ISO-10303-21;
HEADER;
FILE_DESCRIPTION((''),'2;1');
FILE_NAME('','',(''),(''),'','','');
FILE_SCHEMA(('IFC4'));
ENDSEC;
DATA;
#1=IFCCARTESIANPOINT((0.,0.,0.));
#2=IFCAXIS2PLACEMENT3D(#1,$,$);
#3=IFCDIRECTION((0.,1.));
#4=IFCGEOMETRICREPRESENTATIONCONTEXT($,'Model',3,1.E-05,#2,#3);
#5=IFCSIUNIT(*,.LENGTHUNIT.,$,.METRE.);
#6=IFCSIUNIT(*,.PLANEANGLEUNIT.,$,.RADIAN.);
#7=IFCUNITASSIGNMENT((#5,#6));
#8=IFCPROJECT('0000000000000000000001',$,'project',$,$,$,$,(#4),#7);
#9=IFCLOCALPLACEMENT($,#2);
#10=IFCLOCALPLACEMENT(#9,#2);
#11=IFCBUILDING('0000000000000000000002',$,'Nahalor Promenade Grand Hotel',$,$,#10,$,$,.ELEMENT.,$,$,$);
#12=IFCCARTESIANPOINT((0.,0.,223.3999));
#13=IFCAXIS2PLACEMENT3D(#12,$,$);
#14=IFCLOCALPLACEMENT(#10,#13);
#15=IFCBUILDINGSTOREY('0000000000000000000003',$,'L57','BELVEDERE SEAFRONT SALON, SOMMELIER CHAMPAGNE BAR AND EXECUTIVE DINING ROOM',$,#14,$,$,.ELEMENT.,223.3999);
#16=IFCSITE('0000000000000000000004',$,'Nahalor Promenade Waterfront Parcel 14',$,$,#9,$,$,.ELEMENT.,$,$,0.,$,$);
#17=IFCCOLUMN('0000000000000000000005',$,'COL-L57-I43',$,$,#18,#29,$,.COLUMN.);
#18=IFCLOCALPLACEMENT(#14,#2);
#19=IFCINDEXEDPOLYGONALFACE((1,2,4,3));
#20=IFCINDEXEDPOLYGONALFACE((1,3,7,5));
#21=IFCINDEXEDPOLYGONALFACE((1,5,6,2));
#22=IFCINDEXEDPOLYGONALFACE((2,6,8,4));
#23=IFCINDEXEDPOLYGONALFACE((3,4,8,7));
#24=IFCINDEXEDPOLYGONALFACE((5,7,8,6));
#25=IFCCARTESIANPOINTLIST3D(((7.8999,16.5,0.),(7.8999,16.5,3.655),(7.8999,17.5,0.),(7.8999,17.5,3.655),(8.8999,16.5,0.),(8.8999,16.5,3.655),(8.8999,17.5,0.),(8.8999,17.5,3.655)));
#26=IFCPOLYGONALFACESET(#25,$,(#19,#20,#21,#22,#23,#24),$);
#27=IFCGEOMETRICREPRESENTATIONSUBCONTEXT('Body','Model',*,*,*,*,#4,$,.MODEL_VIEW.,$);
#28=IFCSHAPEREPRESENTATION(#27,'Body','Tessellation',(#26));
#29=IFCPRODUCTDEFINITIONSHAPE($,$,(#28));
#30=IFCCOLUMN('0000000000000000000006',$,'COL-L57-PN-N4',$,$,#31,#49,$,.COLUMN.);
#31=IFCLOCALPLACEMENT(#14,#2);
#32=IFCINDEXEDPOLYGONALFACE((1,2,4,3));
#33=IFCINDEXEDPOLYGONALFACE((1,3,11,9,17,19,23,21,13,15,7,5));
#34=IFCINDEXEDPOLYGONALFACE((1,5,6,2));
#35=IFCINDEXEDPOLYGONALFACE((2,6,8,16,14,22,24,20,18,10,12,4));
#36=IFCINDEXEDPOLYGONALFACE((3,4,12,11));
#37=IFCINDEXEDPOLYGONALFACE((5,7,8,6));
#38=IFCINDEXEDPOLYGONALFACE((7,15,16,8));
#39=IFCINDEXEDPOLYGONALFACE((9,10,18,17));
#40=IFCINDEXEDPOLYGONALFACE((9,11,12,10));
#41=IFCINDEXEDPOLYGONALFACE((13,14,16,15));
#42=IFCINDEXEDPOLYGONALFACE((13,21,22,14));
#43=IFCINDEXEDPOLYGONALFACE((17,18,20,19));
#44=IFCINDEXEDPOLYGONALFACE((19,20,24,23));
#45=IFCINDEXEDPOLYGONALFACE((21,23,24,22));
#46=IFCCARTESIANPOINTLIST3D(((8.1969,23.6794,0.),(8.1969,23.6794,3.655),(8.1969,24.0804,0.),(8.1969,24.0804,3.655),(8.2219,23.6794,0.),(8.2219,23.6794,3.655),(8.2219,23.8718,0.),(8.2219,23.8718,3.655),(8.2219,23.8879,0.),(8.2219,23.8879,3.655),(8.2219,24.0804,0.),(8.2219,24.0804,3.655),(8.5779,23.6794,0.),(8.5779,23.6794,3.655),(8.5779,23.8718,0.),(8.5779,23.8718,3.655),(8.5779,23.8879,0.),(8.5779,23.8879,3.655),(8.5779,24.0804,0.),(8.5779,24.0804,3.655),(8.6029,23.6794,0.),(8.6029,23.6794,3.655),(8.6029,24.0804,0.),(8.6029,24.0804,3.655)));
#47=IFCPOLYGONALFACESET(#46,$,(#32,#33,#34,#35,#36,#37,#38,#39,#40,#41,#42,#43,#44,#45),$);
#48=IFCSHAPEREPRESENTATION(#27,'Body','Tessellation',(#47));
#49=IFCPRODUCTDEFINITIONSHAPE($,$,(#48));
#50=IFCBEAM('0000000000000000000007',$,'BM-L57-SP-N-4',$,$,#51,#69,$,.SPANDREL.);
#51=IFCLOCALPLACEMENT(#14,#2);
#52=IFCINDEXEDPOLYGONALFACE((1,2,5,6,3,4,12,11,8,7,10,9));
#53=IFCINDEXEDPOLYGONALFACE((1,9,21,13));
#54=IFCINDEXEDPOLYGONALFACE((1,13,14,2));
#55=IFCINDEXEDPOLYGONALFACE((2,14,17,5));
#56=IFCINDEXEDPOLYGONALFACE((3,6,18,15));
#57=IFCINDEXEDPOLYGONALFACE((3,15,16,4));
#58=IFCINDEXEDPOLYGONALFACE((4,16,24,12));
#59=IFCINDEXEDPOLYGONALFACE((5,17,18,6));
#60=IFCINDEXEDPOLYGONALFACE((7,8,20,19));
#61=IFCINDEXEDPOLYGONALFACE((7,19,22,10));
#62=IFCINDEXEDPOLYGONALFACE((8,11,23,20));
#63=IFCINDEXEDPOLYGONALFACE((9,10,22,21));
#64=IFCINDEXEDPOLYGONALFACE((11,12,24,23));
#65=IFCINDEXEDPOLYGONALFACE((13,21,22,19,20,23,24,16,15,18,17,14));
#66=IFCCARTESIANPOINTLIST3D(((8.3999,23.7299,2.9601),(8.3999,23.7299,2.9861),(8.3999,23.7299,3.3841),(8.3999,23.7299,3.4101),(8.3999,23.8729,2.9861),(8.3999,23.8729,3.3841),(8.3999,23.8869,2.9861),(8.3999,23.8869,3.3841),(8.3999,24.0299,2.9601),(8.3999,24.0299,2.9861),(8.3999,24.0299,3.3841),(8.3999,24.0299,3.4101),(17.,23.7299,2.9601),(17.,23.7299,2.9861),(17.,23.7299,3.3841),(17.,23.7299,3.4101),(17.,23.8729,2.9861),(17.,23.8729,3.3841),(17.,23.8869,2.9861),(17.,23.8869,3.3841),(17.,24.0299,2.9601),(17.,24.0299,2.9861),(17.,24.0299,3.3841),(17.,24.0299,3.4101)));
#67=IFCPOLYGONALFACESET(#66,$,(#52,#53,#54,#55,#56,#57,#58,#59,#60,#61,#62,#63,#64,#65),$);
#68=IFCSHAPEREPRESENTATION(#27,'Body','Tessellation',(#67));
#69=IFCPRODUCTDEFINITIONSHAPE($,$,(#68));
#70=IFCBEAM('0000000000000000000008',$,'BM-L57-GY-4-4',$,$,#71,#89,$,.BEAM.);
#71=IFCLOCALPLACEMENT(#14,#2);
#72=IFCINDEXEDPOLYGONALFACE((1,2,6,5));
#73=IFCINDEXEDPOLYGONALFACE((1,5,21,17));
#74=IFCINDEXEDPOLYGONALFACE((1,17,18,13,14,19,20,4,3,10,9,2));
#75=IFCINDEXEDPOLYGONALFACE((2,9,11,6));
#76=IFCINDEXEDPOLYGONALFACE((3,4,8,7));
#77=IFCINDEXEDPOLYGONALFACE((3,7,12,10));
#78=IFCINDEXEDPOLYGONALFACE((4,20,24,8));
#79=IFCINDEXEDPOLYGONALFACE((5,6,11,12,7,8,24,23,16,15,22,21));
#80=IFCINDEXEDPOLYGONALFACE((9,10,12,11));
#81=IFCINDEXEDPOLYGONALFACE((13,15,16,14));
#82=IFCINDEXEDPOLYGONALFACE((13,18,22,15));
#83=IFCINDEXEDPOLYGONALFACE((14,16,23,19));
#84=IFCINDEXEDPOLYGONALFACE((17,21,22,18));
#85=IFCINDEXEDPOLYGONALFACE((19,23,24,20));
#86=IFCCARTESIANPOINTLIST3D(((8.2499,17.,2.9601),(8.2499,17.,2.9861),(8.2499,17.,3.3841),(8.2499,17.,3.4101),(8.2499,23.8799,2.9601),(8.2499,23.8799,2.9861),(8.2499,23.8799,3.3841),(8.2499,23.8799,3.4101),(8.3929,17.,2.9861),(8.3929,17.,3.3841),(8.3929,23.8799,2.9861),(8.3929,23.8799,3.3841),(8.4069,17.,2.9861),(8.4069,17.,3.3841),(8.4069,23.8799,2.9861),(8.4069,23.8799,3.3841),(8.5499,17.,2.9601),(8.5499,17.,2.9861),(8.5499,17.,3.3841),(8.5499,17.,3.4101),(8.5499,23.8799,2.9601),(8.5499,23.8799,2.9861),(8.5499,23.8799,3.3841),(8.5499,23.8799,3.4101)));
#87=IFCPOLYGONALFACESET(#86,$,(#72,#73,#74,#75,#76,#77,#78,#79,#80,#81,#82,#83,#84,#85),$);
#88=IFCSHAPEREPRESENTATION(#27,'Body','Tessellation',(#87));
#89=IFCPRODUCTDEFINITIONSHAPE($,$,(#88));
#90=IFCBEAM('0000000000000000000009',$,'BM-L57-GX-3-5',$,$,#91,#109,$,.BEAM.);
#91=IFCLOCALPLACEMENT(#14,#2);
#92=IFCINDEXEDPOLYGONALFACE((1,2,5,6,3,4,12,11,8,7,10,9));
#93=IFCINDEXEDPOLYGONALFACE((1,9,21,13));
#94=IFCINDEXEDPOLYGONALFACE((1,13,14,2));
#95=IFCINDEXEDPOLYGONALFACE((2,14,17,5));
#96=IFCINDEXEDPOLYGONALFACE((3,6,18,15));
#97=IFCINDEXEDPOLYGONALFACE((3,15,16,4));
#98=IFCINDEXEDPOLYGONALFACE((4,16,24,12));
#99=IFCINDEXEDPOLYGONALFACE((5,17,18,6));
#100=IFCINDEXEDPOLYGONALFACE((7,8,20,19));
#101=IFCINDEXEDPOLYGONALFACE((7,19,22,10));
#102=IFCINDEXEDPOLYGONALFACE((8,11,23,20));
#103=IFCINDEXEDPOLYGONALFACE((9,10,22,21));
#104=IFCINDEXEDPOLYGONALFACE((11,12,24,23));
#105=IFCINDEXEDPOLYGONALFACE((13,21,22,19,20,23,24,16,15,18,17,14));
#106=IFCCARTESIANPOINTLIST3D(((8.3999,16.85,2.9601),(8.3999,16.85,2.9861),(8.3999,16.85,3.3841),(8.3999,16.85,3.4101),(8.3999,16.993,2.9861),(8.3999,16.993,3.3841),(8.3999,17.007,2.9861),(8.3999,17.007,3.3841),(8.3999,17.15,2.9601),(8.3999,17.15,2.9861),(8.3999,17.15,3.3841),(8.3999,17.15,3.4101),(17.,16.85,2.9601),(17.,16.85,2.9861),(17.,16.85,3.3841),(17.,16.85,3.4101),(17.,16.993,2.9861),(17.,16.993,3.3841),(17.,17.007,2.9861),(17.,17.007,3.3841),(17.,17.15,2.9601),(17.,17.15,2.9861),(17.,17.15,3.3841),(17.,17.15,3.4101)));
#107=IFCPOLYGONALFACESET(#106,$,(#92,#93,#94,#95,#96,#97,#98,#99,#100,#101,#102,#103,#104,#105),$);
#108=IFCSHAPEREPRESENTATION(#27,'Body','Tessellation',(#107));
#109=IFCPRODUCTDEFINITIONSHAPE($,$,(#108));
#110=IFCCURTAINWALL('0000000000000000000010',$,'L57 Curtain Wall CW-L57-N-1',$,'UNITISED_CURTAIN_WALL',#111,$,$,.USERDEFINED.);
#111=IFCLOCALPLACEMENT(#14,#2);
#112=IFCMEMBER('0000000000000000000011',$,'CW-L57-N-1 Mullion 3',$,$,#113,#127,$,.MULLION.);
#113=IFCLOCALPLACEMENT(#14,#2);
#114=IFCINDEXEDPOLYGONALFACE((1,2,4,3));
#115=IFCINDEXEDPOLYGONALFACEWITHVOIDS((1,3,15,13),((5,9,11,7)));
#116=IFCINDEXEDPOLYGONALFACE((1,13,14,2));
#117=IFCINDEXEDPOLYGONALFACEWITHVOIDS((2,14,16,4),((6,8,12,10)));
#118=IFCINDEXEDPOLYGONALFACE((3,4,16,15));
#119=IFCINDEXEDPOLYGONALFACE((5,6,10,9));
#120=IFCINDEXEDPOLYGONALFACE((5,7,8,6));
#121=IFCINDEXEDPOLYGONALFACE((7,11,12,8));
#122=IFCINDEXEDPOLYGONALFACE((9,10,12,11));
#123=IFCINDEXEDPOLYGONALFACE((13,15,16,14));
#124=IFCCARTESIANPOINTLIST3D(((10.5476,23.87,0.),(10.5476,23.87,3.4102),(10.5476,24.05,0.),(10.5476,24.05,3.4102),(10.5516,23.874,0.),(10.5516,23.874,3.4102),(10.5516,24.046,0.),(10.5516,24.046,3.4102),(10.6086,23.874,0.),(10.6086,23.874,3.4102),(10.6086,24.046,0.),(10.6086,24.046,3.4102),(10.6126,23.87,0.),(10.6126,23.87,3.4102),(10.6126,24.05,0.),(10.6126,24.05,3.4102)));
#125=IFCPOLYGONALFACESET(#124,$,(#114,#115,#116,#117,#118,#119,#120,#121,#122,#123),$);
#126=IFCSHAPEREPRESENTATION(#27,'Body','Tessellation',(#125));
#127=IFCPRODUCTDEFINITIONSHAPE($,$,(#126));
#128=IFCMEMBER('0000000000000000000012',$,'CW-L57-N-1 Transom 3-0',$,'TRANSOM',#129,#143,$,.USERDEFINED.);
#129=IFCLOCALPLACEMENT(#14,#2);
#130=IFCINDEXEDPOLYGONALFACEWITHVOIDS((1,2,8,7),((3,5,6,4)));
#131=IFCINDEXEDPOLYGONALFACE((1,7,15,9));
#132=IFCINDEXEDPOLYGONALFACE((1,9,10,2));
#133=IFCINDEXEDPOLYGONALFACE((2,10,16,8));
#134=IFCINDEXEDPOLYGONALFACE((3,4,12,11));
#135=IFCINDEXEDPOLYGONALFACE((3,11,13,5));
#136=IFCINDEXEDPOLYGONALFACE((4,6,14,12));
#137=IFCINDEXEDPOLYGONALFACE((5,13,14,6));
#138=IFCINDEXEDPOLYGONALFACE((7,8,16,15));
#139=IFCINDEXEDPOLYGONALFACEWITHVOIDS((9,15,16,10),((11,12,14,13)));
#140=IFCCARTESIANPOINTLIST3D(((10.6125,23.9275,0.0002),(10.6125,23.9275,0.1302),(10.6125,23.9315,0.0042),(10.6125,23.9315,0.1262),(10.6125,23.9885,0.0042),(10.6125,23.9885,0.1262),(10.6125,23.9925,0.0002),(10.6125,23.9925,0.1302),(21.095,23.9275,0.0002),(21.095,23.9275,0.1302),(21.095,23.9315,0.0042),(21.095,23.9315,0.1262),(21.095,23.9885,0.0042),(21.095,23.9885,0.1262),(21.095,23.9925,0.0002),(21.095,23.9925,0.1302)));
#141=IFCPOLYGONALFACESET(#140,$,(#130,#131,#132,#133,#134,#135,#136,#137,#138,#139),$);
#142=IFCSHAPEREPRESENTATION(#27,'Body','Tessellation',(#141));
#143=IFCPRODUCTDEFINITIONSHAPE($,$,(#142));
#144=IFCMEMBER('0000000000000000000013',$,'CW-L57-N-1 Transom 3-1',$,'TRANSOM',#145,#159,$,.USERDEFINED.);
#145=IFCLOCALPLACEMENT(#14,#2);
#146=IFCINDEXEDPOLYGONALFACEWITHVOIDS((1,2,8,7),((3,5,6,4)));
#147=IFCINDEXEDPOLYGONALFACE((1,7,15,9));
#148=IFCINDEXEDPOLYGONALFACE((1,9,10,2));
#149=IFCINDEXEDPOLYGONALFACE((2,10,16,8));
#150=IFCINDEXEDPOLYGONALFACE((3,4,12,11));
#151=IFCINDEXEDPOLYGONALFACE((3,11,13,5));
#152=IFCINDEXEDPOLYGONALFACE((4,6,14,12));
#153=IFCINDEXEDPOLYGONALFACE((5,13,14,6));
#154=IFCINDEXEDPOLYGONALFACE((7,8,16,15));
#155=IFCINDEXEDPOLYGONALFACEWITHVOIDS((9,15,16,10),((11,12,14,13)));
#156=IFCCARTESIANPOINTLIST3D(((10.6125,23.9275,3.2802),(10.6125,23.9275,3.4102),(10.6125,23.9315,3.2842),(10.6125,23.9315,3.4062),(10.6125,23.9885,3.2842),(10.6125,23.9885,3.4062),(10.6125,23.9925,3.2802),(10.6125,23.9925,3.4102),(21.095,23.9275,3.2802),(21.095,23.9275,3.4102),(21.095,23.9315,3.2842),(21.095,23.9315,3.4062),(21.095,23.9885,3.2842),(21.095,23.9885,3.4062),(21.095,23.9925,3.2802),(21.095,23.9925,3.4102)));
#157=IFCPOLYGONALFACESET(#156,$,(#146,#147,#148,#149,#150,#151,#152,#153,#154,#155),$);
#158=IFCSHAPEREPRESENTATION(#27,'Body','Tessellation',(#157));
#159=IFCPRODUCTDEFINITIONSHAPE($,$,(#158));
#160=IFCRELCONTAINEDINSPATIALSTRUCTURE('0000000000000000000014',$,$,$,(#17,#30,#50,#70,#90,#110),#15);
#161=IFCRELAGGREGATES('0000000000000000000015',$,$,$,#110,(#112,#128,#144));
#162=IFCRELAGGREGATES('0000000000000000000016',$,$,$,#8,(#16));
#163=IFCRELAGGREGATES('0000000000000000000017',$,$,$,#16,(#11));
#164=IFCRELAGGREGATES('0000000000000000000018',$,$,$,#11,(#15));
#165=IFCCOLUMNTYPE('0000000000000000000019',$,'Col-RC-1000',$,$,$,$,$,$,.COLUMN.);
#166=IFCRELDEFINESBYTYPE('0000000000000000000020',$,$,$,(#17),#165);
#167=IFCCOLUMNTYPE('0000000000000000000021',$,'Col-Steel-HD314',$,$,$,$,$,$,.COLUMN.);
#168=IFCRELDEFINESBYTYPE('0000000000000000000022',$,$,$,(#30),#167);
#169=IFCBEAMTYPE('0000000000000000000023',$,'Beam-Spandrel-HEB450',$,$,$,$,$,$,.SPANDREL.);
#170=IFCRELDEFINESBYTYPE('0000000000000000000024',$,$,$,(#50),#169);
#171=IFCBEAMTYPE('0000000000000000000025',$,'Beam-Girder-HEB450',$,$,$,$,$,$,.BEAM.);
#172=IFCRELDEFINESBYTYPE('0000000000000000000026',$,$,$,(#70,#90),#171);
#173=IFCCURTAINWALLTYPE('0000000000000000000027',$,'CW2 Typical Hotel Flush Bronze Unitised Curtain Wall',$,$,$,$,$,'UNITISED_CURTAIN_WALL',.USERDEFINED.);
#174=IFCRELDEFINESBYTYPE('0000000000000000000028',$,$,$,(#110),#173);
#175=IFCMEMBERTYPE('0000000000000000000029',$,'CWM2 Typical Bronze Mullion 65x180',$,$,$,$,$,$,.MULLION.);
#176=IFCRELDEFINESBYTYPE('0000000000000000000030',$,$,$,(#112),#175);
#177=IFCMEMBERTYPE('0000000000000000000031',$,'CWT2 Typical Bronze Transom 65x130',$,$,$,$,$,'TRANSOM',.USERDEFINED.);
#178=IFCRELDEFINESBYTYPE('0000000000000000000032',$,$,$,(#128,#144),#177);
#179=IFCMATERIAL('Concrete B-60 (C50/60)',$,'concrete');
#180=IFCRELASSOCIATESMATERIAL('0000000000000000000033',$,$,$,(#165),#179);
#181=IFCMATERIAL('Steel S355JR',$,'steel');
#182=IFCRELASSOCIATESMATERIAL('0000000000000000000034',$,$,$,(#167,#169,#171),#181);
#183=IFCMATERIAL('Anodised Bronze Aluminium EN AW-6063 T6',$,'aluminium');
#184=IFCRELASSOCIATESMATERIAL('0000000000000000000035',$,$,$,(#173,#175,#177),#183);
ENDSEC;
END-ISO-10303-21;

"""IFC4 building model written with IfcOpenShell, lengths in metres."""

from ifc_helpers import new_model, si_unit, direction, frame, origin, origin_2d, place, context, subcontext, project, spatial, rectangle, hollow_rectangle, i_section, extrude, source, transform, mapped, material, material_profile, profile_set, type_object, element, aggregate, save


model = new_model("IFC4")

# Units and contexts
model_context = context("Model", 3, precision=1e-05, world=origin(), true_north=direction((0.0, 1.0)))
body_context = subcontext(model_context, "Body", "Model", "MODEL_VIEW")
ifc_project = project(units=[si_unit("LENGTHUNIT", "METRE"), si_unit("PLANEANGLEUNIT", "RADIAN")], contexts=[model_context])

# Site, building, storey
site_placement = place(None, origin())
site = spatial("IfcSite", under=ifc_project, at=site_placement, Name="Nahalor Promenade Waterfront Parcel 14", CompositionType="ELEMENT", RefElevation=0.0)
building_placement = place(site_placement, origin())
building = spatial("IfcBuilding", under=site, at=building_placement, Name="Nahalor Promenade Grand Hotel", CompositionType="ELEMENT")
storey_placement = place(building_placement, frame((0.0, 0.0, 223.3999)))
storey = spatial("IfcBuildingStorey", under=building, at=storey_placement, Name="L57", Description="BELVEDERE SEAFRONT SALON, SOMMELIER CHAMPAGNE BAR AND EXECUTIVE DINING ROOM", CompositionType="ELEMENT", Elevation=223.3999)

# Columns
ifc_material_1 = material(Name="Concrete B-60 (C50/60)", Category="concrete")
ifc_material_profile_1 = material_profile(ifc_material_1, rectangle(XDim=1.0, YDim=1.0, at=origin_2d()), Name="RC 1000x1000")
ifc_profile_set_1 = profile_set([ifc_material_profile_1], Name="Concrete B-60 (C50/60)")
column_type_1 = type_object("IfcColumnType", Name="Col-RC-1000", PredefinedType="COLUMN", material=ifc_profile_set_1)
shared_shape_1 = source(origin(), body_context, "Body", "SweptSolid", [
    extrude(rectangle(XDim=1.0, YDim=1.0, at=origin_2d()), origin(), (0.0, 0.0, 1.0), 3.655),
])
column_1_placement = place(storey_placement, frame((8.3999, 17.0, 0.0), z_axis=(0.0, 0.0, 1.0), x_axis=(1.0, 0.0, 0.0)))
element("IfcColumn", 1, at=column_1_placement, inside=storey, type_object=column_type_1, Name="COL-L57-I43", PredefinedType="COLUMN", context=body_context, shape_type="MappedRepresentation", body=[
    mapped(shared_shape_1, transform((0.0, 0.0, 0.0), scale=1.0)),
])
ifc_material_2 = material(Name="Steel S355JR", Category="steel")
ifc_material_profile_2 = material_profile(ifc_material_2, i_section(OverallWidth=0.401, OverallDepth=0.406, WebThickness=0.0161, FlangeThickness=0.025, at=origin_2d()), Name="HD 400x314")
ifc_profile_set_2 = profile_set([ifc_material_profile_2], Name="Steel S355JR")
column_type_2 = type_object("IfcColumnType", Name="Col-Steel-HD314", PredefinedType="COLUMN", material=ifc_profile_set_2)
shared_shape_2 = source(origin(), body_context, "Body", "SweptSolid", [
    extrude(i_section(OverallWidth=0.401, OverallDepth=0.406, WebThickness=0.0161, FlangeThickness=0.025, at=origin_2d()), origin(), (0.0, 0.0, 1.0), 3.655),
])
column_2_placement = place(storey_placement, frame((8.3999, 23.8799, 0.0), z_axis=(0.0, 0.0, 1.0), x_axis=(0.0, 1.0, 0.0)))
element("IfcColumn", 2, at=column_2_placement, inside=storey, type_object=column_type_2, Name="COL-L57-PN-N4", PredefinedType="COLUMN", context=body_context, shape_type="MappedRepresentation", body=[
    mapped(shared_shape_2, transform((0.0, 0.0, 0.0), scale=1.0)),
])

# Beams
ifc_material_profile_3 = material_profile(ifc_material_2, i_section(OverallWidth=0.3, OverallDepth=0.45, WebThickness=0.014, FlangeThickness=0.026, at=origin_2d()), Name="HEB 450")
ifc_profile_set_3 = profile_set([ifc_material_profile_3], Name="Steel S355JR")
beam_type_1 = type_object("IfcBeamType", Name="Beam-Spandrel-HEB450", PredefinedType="SPANDREL", material=ifc_profile_set_3)
shared_shape_3 = source(origin(), body_context, "Body", "SweptSolid", [
    extrude(i_section(OverallWidth=0.3, OverallDepth=0.45, WebThickness=0.014, FlangeThickness=0.026, at=origin_2d()), origin(), (0.0, 0.0, 1.0), 8.6001),
])
beam_1_placement = place(storey_placement, frame((8.3999, 23.8799, 3.1851), z_axis=(1.0, 0.0, 0.0), x_axis=(0.0, 1.0, 0.0)))
element("IfcBeam", 3, at=beam_1_placement, inside=storey, type_object=beam_type_1, Name="BM-L57-SP-N-4", PredefinedType="SPANDREL", context=body_context, shape_type="MappedRepresentation", body=[
    mapped(shared_shape_3, transform((0.0, 0.0, 0.0), scale=1.0)),
])
ifc_material_profile_4 = material_profile(ifc_material_2, i_section(OverallWidth=0.3, OverallDepth=0.45, WebThickness=0.014, FlangeThickness=0.026, at=origin_2d()), Name="HEB 450")
ifc_profile_set_4 = profile_set([ifc_material_profile_4], Name="Steel S355JR")
beam_type_2 = type_object("IfcBeamType", Name="Beam-Girder-HEB450", PredefinedType="BEAM", material=ifc_profile_set_4)
shared_shape_4 = source(origin(), body_context, "Body", "SweptSolid", [
    extrude(i_section(OverallWidth=0.3, OverallDepth=0.45, WebThickness=0.014, FlangeThickness=0.026, at=origin_2d()), origin(), (0.0, 0.0, 1.0), 6.8799),
])
beam_2_placement = place(storey_placement, frame((8.3999, 17.0, 3.1851), z_axis=(0.0, 1.0, 0.0), x_axis=(-1.0, 0.0, 0.0)))
element("IfcBeam", 4, at=beam_2_placement, inside=storey, type_object=beam_type_2, Name="BM-L57-GY-4-4", PredefinedType="BEAM", context=body_context, shape_type="MappedRepresentation", body=[
    mapped(shared_shape_4, transform((0.0, 0.0, 0.0), scale=1.0)),
])
shared_shape_5 = source(origin(), body_context, "Body", "SweptSolid", [
    extrude(i_section(OverallWidth=0.3, OverallDepth=0.45, WebThickness=0.014, FlangeThickness=0.026, at=origin_2d()), origin(), (0.0, 0.0, 1.0), 8.6001),
])
beam_3_placement = place(storey_placement, frame((8.3999, 17.0, 3.1851), z_axis=(1.0, 0.0, 0.0), x_axis=(0.0, 1.0, 0.0)))
element("IfcBeam", 5, at=beam_3_placement, inside=storey, type_object=beam_type_2, Name="BM-L57-GX-3-5", PredefinedType="BEAM", context=body_context, shape_type="MappedRepresentation", body=[
    mapped(shared_shape_5, transform((0.0, 0.0, 0.0), scale=1.0)),
])

# Curtain wall, members
ifc_material_3 = material(Name="Anodised Bronze Aluminium EN AW-6063 T6", Category="aluminium")
curtain_wall_type = type_object("IfcCurtainWallType", Name="CW2 Typical Hotel Flush Bronze Unitised Curtain Wall", ElementType="UNITISED_CURTAIN_WALL", PredefinedType="USERDEFINED", material=ifc_material_3)
curtain_wall_placement = place(storey_placement, origin())
curtain_wall = element("IfcCurtainWall", 6, at=curtain_wall_placement, inside=storey, type_object=curtain_wall_type, Name="L57 Curtain Wall CW-L57-N-1", ObjectType="UNITISED_CURTAIN_WALL", PredefinedType="USERDEFINED")
ifc_material_profile_5 = material_profile(ifc_material_3, hollow_rectangle(XDim=0.065, YDim=0.18, WallThickness=0.004, at=origin_2d()), Name="CWM 65x180x4")
ifc_profile_set_5 = profile_set([ifc_material_profile_5], Name="Anodised Bronze Aluminium EN AW-6063 T6")
member_type_1 = type_object("IfcMemberType", Name="CWM2 Typical Bronze Mullion 65x180", PredefinedType="MULLION", material=ifc_profile_set_5)
shared_shape_6 = source(origin(), body_context, "Body", "SweptSolid", [
    extrude(hollow_rectangle(XDim=0.065, YDim=0.18, WallThickness=0.004, at=origin_2d()), origin(), (0.0, 0.0, 1.0), 3.4102),
])
member_1_placement = place(storey_placement, frame((10.5801, 23.96, 0.0), z_axis=(0.0, 0.0, 1.0), x_axis=(1.0, 0.0, 0.0)))
member_1 = element("IfcMember", 7, at=member_1_placement, type_object=member_type_1, Name="CW-L57-N-1 Mullion 3", PredefinedType="MULLION", context=body_context, shape_type="MappedRepresentation", body=[
    mapped(shared_shape_6, transform((0.0, 0.0, 0.0), scale=1.0)),
])
ifc_material_profile_6 = material_profile(ifc_material_3, hollow_rectangle(XDim=0.065, YDim=0.13, WallThickness=0.004, at=origin_2d()), Name="CWT 65x130x4")
ifc_profile_set_6 = profile_set([ifc_material_profile_6], Name="Anodised Bronze Aluminium EN AW-6063 T6")
member_type_2 = type_object("IfcMemberType", Name="CWT2 Typical Bronze Transom 65x130", ElementType="TRANSOM", PredefinedType="USERDEFINED", material=ifc_profile_set_6)
shared_shape_7 = source(origin(), body_context, "Body", "SweptSolid", [
    extrude(hollow_rectangle(XDim=0.065, YDim=0.13, WallThickness=0.004, at=origin_2d()), origin(), (0.0, 0.0, 1.0), 10.4824),
])
member_2_placement = place(storey_placement, frame((10.6125, 23.96, 0.0652), z_axis=(1.0, 0.0, 0.0), x_axis=(0.0, 1.0, 0.0)))
member_2 = element("IfcMember", 8, at=member_2_placement, type_object=member_type_2, Name="CW-L57-N-1 Transom 3-0", ObjectType="TRANSOM", PredefinedType="USERDEFINED", context=body_context, shape_type="MappedRepresentation", body=[
    mapped(shared_shape_7, transform((0.0, 0.0, 0.0), scale=1.0)),
])
member_3_placement = place(storey_placement, frame((10.6125, 23.96, 3.3452), z_axis=(1.0, 0.0, 0.0), x_axis=(0.0, 1.0, 0.0)))
member_3 = element("IfcMember", 9, at=member_3_placement, type_object=member_type_2, Name="CW-L57-N-1 Transom 3-1", ObjectType="TRANSOM", PredefinedType="USERDEFINED", context=body_context, shape_type="MappedRepresentation", body=[
    mapped(shared_shape_7, transform((0.0, 0.0, 0.0), scale=1.0)),
])
aggregate(curtain_wall, [member_1, member_2, member_3])

save(model, "model.ifc")
